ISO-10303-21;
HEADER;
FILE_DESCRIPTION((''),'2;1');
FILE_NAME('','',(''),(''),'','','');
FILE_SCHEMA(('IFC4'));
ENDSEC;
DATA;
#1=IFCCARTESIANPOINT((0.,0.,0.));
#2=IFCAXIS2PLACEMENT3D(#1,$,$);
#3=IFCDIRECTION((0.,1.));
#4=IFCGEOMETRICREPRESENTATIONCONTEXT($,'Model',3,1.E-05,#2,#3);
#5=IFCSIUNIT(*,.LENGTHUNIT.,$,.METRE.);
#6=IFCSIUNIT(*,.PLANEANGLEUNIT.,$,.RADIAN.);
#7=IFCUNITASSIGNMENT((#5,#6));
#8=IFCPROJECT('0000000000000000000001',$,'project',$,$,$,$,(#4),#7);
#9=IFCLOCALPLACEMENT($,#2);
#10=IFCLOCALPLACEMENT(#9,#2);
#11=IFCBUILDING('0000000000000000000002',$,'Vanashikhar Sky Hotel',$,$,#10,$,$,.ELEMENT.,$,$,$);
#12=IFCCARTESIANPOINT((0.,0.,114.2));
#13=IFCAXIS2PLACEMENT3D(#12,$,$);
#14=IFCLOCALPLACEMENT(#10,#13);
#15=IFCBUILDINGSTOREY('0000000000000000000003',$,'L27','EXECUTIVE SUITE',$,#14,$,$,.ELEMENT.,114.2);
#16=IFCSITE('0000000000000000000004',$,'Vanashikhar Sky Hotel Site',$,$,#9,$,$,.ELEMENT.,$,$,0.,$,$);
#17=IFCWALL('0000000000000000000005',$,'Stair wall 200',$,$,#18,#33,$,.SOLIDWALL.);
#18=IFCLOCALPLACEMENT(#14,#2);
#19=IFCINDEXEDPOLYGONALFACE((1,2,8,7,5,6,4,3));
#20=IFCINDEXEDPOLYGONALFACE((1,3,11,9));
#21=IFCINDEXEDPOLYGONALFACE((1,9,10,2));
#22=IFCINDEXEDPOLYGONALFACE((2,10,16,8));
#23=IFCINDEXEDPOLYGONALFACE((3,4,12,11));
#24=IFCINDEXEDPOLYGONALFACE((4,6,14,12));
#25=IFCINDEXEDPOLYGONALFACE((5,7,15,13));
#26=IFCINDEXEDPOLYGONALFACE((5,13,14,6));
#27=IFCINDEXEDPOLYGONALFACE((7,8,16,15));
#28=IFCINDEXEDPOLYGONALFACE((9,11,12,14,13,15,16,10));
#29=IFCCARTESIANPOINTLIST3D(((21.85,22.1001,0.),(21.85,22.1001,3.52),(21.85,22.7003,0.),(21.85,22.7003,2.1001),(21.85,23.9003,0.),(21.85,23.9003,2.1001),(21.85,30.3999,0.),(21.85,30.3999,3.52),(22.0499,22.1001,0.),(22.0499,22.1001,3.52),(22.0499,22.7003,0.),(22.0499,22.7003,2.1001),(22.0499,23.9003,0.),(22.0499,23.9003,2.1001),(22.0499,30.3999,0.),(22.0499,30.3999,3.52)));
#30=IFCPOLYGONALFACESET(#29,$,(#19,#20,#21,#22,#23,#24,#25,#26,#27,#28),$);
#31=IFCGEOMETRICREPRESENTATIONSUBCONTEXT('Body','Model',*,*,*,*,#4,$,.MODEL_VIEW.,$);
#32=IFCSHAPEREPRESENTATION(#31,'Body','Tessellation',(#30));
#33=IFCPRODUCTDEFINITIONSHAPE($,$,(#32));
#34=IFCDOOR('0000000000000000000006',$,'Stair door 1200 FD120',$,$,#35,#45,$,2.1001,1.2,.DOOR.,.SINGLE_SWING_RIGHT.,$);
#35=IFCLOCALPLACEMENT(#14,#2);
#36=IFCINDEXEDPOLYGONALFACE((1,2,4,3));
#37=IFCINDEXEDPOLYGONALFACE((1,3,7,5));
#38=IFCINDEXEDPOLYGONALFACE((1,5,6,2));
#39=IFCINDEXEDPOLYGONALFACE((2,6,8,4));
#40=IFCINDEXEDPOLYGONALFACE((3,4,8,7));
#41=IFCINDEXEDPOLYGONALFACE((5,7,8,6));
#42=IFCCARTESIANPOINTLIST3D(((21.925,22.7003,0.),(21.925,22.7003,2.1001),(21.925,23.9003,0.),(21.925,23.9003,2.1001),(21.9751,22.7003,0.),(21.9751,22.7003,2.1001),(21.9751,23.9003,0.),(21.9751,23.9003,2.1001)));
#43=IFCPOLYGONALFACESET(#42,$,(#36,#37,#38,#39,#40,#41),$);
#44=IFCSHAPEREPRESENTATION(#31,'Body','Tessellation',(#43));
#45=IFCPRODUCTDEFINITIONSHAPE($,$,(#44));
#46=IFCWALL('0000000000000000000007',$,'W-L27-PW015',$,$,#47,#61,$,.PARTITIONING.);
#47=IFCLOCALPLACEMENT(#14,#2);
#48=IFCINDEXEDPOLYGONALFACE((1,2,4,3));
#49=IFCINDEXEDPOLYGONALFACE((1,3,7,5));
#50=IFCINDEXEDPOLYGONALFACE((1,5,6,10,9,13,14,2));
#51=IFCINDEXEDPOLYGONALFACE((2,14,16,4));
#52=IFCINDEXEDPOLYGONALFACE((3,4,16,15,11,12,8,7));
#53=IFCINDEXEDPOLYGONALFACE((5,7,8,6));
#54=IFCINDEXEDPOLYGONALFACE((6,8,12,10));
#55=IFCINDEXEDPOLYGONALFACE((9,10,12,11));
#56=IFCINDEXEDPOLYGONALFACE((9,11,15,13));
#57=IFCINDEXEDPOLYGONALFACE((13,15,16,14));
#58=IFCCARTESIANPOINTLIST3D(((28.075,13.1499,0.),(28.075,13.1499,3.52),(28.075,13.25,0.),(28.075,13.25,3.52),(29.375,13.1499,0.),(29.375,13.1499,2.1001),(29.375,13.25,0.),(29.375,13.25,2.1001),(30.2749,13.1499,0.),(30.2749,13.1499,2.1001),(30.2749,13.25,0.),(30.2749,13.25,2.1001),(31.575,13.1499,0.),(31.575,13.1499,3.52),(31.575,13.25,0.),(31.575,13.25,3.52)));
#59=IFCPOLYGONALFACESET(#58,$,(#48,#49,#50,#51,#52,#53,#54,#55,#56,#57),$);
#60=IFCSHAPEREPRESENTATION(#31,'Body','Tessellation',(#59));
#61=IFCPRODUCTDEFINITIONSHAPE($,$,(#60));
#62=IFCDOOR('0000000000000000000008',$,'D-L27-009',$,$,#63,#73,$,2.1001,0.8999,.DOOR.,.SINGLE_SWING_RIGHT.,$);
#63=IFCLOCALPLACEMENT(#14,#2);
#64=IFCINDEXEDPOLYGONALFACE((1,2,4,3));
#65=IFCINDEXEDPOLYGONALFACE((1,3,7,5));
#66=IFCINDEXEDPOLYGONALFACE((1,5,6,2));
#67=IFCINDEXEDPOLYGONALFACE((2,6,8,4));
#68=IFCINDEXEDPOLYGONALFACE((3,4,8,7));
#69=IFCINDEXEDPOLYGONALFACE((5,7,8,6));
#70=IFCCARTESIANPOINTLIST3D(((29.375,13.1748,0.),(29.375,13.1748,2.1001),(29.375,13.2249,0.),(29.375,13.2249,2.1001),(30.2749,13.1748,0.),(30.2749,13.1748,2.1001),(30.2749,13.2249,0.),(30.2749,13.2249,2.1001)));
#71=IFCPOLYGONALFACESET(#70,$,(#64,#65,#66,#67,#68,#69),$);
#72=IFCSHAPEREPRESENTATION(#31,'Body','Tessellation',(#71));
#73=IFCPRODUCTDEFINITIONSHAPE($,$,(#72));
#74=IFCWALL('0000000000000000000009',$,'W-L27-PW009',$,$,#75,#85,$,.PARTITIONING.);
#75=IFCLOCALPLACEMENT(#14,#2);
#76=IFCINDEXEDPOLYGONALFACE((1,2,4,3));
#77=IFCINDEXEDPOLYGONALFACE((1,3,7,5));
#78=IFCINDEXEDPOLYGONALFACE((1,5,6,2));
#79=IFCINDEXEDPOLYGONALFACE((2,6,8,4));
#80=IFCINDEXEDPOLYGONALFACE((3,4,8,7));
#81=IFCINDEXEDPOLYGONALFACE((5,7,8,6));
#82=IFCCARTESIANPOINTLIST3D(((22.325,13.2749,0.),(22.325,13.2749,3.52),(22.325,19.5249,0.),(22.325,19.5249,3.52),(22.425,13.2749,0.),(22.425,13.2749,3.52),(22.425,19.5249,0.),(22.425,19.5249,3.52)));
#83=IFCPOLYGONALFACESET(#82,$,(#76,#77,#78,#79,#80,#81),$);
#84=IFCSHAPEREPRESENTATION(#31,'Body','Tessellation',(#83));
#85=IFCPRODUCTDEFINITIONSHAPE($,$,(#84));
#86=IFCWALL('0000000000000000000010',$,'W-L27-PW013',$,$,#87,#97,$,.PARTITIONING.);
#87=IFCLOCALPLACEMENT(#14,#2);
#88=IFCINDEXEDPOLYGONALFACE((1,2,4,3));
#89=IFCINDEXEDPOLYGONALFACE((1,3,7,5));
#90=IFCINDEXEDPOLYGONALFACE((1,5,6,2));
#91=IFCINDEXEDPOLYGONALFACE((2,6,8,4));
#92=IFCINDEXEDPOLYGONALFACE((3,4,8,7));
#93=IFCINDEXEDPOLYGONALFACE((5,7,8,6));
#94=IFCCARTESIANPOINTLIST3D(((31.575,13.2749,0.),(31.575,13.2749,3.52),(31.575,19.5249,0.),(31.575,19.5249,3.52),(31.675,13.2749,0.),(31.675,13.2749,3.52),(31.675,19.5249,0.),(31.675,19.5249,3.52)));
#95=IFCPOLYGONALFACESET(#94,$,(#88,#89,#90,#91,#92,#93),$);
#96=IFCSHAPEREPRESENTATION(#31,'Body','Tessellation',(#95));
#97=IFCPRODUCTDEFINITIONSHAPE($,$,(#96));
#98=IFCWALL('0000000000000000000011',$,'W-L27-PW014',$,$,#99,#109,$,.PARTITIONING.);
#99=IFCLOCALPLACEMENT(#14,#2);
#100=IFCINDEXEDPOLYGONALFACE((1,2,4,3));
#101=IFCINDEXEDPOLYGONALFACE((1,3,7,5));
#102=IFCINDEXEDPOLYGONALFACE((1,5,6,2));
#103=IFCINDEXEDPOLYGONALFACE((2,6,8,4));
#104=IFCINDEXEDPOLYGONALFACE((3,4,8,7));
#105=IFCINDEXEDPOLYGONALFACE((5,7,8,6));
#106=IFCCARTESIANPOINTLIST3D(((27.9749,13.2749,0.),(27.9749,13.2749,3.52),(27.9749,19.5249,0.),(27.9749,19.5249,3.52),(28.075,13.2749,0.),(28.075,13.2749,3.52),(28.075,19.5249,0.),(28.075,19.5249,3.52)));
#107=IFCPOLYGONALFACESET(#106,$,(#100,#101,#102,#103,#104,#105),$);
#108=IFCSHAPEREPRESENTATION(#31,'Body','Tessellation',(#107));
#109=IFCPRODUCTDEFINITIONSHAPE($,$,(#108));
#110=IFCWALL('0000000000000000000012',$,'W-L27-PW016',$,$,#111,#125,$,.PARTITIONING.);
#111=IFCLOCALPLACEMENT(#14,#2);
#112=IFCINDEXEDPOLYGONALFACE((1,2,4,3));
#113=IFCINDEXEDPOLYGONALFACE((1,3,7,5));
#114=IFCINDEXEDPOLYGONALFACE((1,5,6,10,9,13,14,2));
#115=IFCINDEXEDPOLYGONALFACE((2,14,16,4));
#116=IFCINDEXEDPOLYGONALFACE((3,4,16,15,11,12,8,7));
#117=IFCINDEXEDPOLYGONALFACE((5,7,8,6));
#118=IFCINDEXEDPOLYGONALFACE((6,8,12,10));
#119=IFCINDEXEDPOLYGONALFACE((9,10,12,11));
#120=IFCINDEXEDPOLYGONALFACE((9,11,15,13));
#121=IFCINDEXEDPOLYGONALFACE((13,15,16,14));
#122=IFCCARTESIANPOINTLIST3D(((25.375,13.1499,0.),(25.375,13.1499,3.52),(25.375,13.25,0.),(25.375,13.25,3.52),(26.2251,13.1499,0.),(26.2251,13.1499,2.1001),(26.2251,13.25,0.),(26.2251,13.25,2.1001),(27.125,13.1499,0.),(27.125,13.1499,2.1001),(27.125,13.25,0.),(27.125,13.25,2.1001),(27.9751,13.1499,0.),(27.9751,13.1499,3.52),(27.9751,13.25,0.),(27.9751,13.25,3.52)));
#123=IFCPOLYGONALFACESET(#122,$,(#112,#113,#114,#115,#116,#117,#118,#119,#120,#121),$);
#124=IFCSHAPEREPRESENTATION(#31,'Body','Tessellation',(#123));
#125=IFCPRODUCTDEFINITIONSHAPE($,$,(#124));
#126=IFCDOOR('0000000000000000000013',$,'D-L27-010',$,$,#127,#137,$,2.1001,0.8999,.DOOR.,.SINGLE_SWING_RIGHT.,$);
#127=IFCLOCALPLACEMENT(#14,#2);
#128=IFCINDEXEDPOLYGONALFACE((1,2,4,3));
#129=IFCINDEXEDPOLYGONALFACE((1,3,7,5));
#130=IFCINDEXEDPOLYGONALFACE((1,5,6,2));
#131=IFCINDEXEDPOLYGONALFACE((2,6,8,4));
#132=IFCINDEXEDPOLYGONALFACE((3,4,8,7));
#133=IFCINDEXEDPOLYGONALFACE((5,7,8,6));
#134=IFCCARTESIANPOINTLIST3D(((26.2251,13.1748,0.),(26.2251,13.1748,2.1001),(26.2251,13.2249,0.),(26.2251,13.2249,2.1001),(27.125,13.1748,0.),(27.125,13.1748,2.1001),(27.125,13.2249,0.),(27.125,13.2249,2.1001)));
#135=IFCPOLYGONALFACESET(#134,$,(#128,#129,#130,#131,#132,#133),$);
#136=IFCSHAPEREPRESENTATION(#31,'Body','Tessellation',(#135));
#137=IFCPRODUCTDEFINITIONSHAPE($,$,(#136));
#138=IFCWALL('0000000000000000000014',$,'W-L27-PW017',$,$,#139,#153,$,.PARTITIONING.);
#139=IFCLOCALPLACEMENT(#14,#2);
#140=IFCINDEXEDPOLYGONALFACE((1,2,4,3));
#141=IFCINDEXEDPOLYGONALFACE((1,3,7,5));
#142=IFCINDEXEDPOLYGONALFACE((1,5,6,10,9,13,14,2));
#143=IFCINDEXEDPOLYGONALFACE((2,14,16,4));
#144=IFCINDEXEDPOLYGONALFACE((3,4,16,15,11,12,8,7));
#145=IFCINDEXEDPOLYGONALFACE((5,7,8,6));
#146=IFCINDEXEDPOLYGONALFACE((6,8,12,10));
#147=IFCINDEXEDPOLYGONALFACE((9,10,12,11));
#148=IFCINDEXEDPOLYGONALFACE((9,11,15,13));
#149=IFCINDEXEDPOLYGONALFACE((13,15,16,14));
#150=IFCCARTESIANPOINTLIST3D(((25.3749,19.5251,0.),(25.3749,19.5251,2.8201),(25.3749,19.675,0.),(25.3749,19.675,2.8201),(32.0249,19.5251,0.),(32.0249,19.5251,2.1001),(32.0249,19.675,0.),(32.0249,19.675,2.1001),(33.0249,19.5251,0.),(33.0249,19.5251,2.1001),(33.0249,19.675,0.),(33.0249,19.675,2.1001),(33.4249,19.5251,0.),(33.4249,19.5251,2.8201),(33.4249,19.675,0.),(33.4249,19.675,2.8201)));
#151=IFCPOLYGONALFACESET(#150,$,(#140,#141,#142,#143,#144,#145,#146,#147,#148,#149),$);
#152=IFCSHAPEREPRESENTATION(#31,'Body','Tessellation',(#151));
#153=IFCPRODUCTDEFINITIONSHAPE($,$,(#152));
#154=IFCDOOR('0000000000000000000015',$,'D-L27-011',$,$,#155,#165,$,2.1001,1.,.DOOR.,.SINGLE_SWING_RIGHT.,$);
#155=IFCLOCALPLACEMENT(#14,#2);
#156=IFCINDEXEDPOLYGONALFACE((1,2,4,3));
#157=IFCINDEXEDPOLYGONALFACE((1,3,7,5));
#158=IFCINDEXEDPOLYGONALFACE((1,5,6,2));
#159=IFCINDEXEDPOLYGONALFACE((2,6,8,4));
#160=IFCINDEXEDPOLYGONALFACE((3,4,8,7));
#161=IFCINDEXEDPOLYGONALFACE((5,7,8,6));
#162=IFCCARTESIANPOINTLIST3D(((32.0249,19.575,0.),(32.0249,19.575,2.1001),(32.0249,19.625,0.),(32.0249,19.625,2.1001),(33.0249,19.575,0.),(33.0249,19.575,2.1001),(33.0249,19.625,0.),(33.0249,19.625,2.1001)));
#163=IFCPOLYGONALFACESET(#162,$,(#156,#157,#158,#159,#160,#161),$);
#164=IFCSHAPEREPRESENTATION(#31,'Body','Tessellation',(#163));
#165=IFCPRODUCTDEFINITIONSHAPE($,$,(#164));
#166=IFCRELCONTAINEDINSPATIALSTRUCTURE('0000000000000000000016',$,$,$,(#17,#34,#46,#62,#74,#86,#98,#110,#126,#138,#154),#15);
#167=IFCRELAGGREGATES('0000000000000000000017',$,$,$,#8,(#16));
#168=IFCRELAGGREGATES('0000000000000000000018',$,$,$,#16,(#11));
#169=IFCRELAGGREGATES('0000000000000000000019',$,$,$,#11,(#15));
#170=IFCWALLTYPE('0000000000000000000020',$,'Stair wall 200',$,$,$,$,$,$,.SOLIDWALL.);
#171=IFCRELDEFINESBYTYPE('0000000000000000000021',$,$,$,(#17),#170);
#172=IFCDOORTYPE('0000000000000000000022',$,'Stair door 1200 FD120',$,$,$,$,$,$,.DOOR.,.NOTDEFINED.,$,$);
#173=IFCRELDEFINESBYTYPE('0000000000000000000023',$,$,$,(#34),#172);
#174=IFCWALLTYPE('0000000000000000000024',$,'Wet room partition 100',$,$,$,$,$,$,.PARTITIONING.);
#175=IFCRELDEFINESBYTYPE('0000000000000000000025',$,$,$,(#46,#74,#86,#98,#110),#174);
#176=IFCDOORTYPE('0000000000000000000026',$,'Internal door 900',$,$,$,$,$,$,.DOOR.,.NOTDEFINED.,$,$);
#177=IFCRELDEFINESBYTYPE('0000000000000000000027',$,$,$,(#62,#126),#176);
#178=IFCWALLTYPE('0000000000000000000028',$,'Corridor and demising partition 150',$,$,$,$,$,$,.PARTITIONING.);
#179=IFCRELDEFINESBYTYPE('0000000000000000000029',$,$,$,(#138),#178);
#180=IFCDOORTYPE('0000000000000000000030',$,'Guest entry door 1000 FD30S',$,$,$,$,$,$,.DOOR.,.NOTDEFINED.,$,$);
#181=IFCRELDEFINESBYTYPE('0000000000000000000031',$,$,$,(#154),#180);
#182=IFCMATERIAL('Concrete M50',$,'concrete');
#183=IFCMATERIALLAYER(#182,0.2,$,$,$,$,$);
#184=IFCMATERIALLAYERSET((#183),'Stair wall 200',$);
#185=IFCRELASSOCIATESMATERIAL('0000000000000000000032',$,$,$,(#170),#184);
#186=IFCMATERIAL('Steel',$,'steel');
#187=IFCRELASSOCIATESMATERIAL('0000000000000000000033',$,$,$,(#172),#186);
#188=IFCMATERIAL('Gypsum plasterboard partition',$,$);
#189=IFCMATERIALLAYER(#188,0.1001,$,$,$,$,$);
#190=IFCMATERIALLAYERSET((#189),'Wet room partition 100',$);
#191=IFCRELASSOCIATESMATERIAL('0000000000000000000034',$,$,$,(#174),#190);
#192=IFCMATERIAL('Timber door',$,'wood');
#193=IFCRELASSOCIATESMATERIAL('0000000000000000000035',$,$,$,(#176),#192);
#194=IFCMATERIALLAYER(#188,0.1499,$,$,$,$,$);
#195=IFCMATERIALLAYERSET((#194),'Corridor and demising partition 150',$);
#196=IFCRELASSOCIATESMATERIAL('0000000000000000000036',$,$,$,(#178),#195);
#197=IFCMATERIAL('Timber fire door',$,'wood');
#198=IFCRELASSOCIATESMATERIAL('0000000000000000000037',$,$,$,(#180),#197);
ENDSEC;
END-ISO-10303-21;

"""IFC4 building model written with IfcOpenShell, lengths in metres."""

from ifc_helpers import new_model, si_unit, direction, frame, frame_2d, origin, place, context, subcontext, project, spatial, rectangle, extrude, source, transform, mapped, material, layer, layer_set, type_object, element, fill, save


model = new_model("IFC4")

# Units and contexts
model_context = context("Model", 3, precision=1e-05, world=origin(), true_north=direction((0.0, 1.0)))
body_context = subcontext(model_context, "Body", "Model", "MODEL_VIEW")
ifc_project = project(units=[si_unit("LENGTHUNIT", "METRE"), si_unit("PLANEANGLEUNIT", "RADIAN")], contexts=[model_context])

# Site, building, storey
site_placement = place(None, origin())
site = spatial("IfcSite", under=ifc_project, at=site_placement, Name="Vanashikhar Sky Hotel Site", CompositionType="ELEMENT", RefElevation=0.0)
building_placement = place(site_placement, origin())
building = spatial("IfcBuilding", under=site, at=building_placement, Name="Vanashikhar Sky Hotel", CompositionType="ELEMENT")
storey_placement = place(building_placement, frame((0.0, 0.0, 114.2)))
storey = spatial("IfcBuildingStorey", under=building, at=storey_placement, Name="L27", Description="EXECUTIVE SUITE", CompositionType="ELEMENT", Elevation=114.2)

# Shared definitions
ifc_material_1 = material(Name="Concrete M50", Category="concrete")

# Shared definitions
ifc_material_2 = material(Name="Steel", Category="steel")

# Walls, openings, doors
ifc_layer_1 = layer(ifc_material_1, 0.2)
ifc_layer_set_1 = layer_set([ifc_layer_1], Name="Stair wall 200")
wall_type_1 = type_object("IfcWallType", Name="Stair wall 200", PredefinedType="SOLIDWALL", material=ifc_layer_set_1)
shared_shape_1 = source(origin(), body_context, "Body", "SweptSolid", [
    extrude(rectangle(XDim=8.2998, YDim=0.2, at=frame_2d((4.1499, 0.0))), origin(), (0.0, 0.0, 1.0), 3.52),
])
wall_1_placement = place(storey_placement, frame((21.95, 22.1001, 0.0), z_axis=(0.0, 0.0, 1.0), x_axis=(0.0, 1.0, 0.0)))
wall_1 = element("IfcWall", 1, at=wall_1_placement, inside=storey, type_object=wall_type_1, Name="Stair wall 200", PredefinedType="SOLIDWALL", context=body_context, shape_type="MappedRepresentation", body=[
    mapped(shared_shape_1, transform((0.0, 0.0, 0.0), scale=1.0)),
])
shared_shape_2 = source(origin(), body_context, "Body", "SweptSolid", [
    extrude(rectangle(XDim=1.2, YDim=2.1001, at=frame_2d((0.6001, 1.05))), frame((0.0, 0.1099, 0.0), z_axis=(0.0, -1.0, 0.0), x_axis=(1.0, 0.0, 0.0)), (0.0, 0.0, 1.0), 0.22),
])
opening_1_placement = place(wall_1_placement, frame((0.6001, 0.0, 0.0)))
opening_1 = element("IfcOpeningElement", 2, at=opening_1_placement, cuts=wall_1, PredefinedType="OPENING", context=body_context, shape_type="MappedRepresentation", body=[
    mapped(shared_shape_2, transform((0.0, 0.0, 0.0), scale=1.0)),
])
door_type_1 = type_object("IfcDoorType", Name="Stair door 1200 FD120", OperationType="NOTDEFINED", PredefinedType="DOOR", material=ifc_material_2)
shared_shape_3 = source(origin(), body_context, "Body", "SweptSolid", [
    extrude(rectangle(XDim=1.2, YDim=2.1001, at=frame_2d((0.6001, 1.05))), frame((0.0, 0.0249, 0.0), z_axis=(0.0, -1.0, 0.0), x_axis=(1.0, 0.0, 0.0)), (0.0, 0.0, 1.0), 0.05),
])
door_1_placement = place(opening_1_placement, origin())
door_1 = element("IfcDoor", 3, at=door_1_placement, inside=storey, type_object=door_type_1, Name="Stair door 1200 FD120", OperationType="SINGLE_SWING_RIGHT", OverallHeight=2.1001, OverallWidth=1.2, PredefinedType="DOOR", context=body_context, shape_type="MappedRepresentation", body=[
    mapped(shared_shape_3, transform((0.0, 0.0, 0.0), scale=1.0)),
])
fill(opening_1, door_1)
ifc_material_3 = material(Name="Gypsum plasterboard partition")
ifc_layer_2 = layer(ifc_material_3, 0.1001)
ifc_layer_set_2 = layer_set([ifc_layer_2], Name="Wet room partition 100")
wall_type_2 = type_object("IfcWallType", Name="Wet room partition 100", PredefinedType="PARTITIONING", material=ifc_layer_set_2)
shared_shape_4 = source(origin(), body_context, "Body", "SweptSolid", [
    extrude(rectangle(XDim=3.5, YDim=0.1001, at=frame_2d((1.75, 0.0))), origin(), (0.0, 0.0, 1.0), 3.52),
])
wall_2_placement = place(storey_placement, frame((28.075, 13.2, 0.0), z_axis=(0.0, 0.0, 1.0), x_axis=(1.0, 0.0, 0.0)))
wall_2 = element("IfcWall", 4, at=wall_2_placement, inside=storey, type_object=wall_type_2, Name="W-L27-PW015", PredefinedType="PARTITIONING", context=body_context, shape_type="MappedRepresentation", body=[
    mapped(shared_shape_4, transform((0.0, 0.0, 0.0), scale=1.0)),
])
shared_shape_5 = source(origin(), body_context, "Body", "SweptSolid", [
    extrude(rectangle(XDim=0.8999, YDim=2.1001, at=frame_2d((0.45, 1.05))), frame((0.0, 0.0601, 0.0), z_axis=(0.0, -1.0, 0.0), x_axis=(1.0, 0.0, 0.0)), (0.0, 0.0, 1.0), 0.1201),
])
opening_2_placement = place(wall_2_placement, frame((1.3, 0.0, 0.0)))
opening_2 = element("IfcOpeningElement", 5, at=opening_2_placement, cuts=wall_2, PredefinedType="OPENING", context=body_context, shape_type="MappedRepresentation", body=[
    mapped(shared_shape_5, transform((0.0, 0.0, 0.0), scale=1.0)),
])
ifc_material_4 = material(Name="Timber door", Category="wood")
door_type_2 = type_object("IfcDoorType", Name="Internal door 900", OperationType="NOTDEFINED", PredefinedType="DOOR", material=ifc_material_4)
shared_shape_6 = source(origin(), body_context, "Body", "SweptSolid", [
    extrude(rectangle(XDim=0.8999, YDim=2.1001, at=frame_2d((0.45, 1.05))), frame((0.0, 0.0249, 0.0), z_axis=(0.0, -1.0, 0.0), x_axis=(1.0, 0.0, 0.0)), (0.0, 0.0, 1.0), 0.05),
])
door_2_placement = place(opening_2_placement, origin())
door_2 = element("IfcDoor", 6, at=door_2_placement, inside=storey, type_object=door_type_2, Name="D-L27-009", OperationType="SINGLE_SWING_RIGHT", OverallHeight=2.1001, OverallWidth=0.8999, PredefinedType="DOOR", context=body_context, shape_type="MappedRepresentation", body=[
    mapped(shared_shape_6, transform((0.0, 0.0, 0.0), scale=1.0)),
])
fill(opening_2, door_2)

# Walls
shared_shape_7 = source(origin(), body_context, "Body", "SweptSolid", [
    extrude(rectangle(XDim=6.25, YDim=0.1001, at=frame_2d((3.125, 0.0))), origin(), (0.0, 0.0, 1.0), 3.52),
])
for number, where, z_axis, x_axis, name in (
    (7, (22.375, 13.2749, 0.0), (0.0, 0.0, 1.0), (0.0, 1.0, 0.0), "W-L27-PW009"),
    (8, (31.625, 13.2749, 0.0), (0.0, 0.0, 1.0), (0.0, 1.0, 0.0), "W-L27-PW013"),
    (9, (28.0249, 13.2749, 0.0), (0.0, 0.0, 1.0), (0.0, 1.0, 0.0), "W-L27-PW014"),
):
    element("IfcWall", number, at=place(storey_placement, frame(where, z_axis=z_axis, x_axis=x_axis)), inside=storey, type_object=wall_type_2, Name=name, PredefinedType="PARTITIONING", context=body_context, shape_type="MappedRepresentation", body=[
        mapped(shared_shape_7, transform((0.0, 0.0, 0.0), scale=1.0)),
    ])

# Walls, openings, doors
shared_shape_8 = source(origin(), body_context, "Body", "SweptSolid", [
    extrude(rectangle(XDim=2.6001, YDim=0.1001, at=frame_2d((1.3, 0.0))), origin(), (0.0, 0.0, 1.0), 3.52),
])
wall_3_placement = place(storey_placement, frame((25.375, 13.2, 0.0), z_axis=(0.0, 0.0, 1.0), x_axis=(1.0, 0.0, 0.0)))
wall_3 = element("IfcWall", 10, at=wall_3_placement, inside=storey, type_object=wall_type_2, Name="W-L27-PW016", PredefinedType="PARTITIONING", context=body_context, shape_type="MappedRepresentation", body=[
    mapped(shared_shape_8, transform((0.0, 0.0, 0.0), scale=1.0)),
])
opening_3_placement = place(wall_3_placement, frame((0.8501, 0.0, 0.0)))
opening_3 = element("IfcOpeningElement", 11, at=opening_3_placement, cuts=wall_3, PredefinedType="OPENING", context=body_context, shape_type="MappedRepresentation", body=[
    mapped(shared_shape_5, transform((0.0, 0.0, 0.0), scale=1.0)),
])
door_3_placement = place(opening_3_placement, origin())
door_3 = element("IfcDoor", 12, at=door_3_placement, inside=storey, type_object=door_type_2, Name="D-L27-010", OperationType="SINGLE_SWING_RIGHT", OverallHeight=2.1001, OverallWidth=0.8999, PredefinedType="DOOR", context=body_context, shape_type="MappedRepresentation", body=[
    mapped(shared_shape_6, transform((0.0, 0.0, 0.0), scale=1.0)),
])
fill(opening_3, door_3)
ifc_layer_3 = layer(ifc_material_3, 0.1499)
ifc_layer_set_3 = layer_set([ifc_layer_3], Name="Corridor and demising partition 150")
wall_type_3 = type_object("IfcWallType", Name="Corridor and demising partition 150", PredefinedType="PARTITIONING", material=ifc_layer_set_3)
shared_shape_9 = source(origin(), body_context, "Body", "SweptSolid", [
    extrude(rectangle(XDim=8.05, YDim=0.1499, at=frame_2d((4.0249, 0.0))), origin(), (0.0, 0.0, 1.0), 2.8201),
])
wall_4_placement = place(storey_placement, frame((25.375, 19.6001, 0.0), z_axis=(0.0, 0.0, 1.0), x_axis=(1.0, 0.0, 0.0)))
wall_4 = element("IfcWall", 13, at=wall_4_placement, inside=storey, type_object=wall_type_3, Name="W-L27-PW017", PredefinedType="PARTITIONING", context=body_context, shape_type="MappedRepresentation", body=[
    mapped(shared_shape_9, transform((0.0, 0.0, 0.0), scale=1.0)),
])
shared_shape_10 = source(origin(), body_context, "Body", "SweptSolid", [
    extrude(rectangle(XDim=1.0, YDim=2.1001, at=frame_2d((0.5, 1.05))), frame((0.0, 0.085, 0.0), z_axis=(0.0, -1.0, 0.0), x_axis=(1.0, 0.0, 0.0)), (0.0, 0.0, 1.0), 0.1699),
])
opening_4_placement = place(wall_4_placement, frame((6.6499, 0.0, 0.0)))
opening_4 = element("IfcOpeningElement", 14, at=opening_4_placement, cuts=wall_4, PredefinedType="OPENING", context=body_context, shape_type="MappedRepresentation", body=[
    mapped(shared_shape_10, transform((0.0, 0.0, 0.0), scale=1.0)),
])
ifc_material_5 = material(Name="Timber fire door", Category="wood")
door_type_3 = type_object("IfcDoorType", Name="Guest entry door 1000 FD30S", OperationType="NOTDEFINED", PredefinedType="DOOR", material=ifc_material_5)
shared_shape_11 = source(origin(), body_context, "Body", "SweptSolid", [
    extrude(rectangle(XDim=1.0, YDim=2.1001, at=frame_2d((0.5, 1.05))), frame((0.0, 0.0249, 0.0), z_axis=(0.0, -1.0, 0.0), x_axis=(1.0, 0.0, 0.0)), (0.0, 0.0, 1.0), 0.05),
])
door_4_placement = place(opening_4_placement, origin())
door_4 = element("IfcDoor", 15, at=door_4_placement, inside=storey, type_object=door_type_3, Name="D-L27-011", OperationType="SINGLE_SWING_RIGHT", OverallHeight=2.1001, OverallWidth=1.0, PredefinedType="DOOR", context=body_context, shape_type="MappedRepresentation", body=[
    mapped(shared_shape_11, transform((0.0, 0.0, 0.0), scale=1.0)),
])
fill(opening_4, door_4)

save(model, "model.ifc")
